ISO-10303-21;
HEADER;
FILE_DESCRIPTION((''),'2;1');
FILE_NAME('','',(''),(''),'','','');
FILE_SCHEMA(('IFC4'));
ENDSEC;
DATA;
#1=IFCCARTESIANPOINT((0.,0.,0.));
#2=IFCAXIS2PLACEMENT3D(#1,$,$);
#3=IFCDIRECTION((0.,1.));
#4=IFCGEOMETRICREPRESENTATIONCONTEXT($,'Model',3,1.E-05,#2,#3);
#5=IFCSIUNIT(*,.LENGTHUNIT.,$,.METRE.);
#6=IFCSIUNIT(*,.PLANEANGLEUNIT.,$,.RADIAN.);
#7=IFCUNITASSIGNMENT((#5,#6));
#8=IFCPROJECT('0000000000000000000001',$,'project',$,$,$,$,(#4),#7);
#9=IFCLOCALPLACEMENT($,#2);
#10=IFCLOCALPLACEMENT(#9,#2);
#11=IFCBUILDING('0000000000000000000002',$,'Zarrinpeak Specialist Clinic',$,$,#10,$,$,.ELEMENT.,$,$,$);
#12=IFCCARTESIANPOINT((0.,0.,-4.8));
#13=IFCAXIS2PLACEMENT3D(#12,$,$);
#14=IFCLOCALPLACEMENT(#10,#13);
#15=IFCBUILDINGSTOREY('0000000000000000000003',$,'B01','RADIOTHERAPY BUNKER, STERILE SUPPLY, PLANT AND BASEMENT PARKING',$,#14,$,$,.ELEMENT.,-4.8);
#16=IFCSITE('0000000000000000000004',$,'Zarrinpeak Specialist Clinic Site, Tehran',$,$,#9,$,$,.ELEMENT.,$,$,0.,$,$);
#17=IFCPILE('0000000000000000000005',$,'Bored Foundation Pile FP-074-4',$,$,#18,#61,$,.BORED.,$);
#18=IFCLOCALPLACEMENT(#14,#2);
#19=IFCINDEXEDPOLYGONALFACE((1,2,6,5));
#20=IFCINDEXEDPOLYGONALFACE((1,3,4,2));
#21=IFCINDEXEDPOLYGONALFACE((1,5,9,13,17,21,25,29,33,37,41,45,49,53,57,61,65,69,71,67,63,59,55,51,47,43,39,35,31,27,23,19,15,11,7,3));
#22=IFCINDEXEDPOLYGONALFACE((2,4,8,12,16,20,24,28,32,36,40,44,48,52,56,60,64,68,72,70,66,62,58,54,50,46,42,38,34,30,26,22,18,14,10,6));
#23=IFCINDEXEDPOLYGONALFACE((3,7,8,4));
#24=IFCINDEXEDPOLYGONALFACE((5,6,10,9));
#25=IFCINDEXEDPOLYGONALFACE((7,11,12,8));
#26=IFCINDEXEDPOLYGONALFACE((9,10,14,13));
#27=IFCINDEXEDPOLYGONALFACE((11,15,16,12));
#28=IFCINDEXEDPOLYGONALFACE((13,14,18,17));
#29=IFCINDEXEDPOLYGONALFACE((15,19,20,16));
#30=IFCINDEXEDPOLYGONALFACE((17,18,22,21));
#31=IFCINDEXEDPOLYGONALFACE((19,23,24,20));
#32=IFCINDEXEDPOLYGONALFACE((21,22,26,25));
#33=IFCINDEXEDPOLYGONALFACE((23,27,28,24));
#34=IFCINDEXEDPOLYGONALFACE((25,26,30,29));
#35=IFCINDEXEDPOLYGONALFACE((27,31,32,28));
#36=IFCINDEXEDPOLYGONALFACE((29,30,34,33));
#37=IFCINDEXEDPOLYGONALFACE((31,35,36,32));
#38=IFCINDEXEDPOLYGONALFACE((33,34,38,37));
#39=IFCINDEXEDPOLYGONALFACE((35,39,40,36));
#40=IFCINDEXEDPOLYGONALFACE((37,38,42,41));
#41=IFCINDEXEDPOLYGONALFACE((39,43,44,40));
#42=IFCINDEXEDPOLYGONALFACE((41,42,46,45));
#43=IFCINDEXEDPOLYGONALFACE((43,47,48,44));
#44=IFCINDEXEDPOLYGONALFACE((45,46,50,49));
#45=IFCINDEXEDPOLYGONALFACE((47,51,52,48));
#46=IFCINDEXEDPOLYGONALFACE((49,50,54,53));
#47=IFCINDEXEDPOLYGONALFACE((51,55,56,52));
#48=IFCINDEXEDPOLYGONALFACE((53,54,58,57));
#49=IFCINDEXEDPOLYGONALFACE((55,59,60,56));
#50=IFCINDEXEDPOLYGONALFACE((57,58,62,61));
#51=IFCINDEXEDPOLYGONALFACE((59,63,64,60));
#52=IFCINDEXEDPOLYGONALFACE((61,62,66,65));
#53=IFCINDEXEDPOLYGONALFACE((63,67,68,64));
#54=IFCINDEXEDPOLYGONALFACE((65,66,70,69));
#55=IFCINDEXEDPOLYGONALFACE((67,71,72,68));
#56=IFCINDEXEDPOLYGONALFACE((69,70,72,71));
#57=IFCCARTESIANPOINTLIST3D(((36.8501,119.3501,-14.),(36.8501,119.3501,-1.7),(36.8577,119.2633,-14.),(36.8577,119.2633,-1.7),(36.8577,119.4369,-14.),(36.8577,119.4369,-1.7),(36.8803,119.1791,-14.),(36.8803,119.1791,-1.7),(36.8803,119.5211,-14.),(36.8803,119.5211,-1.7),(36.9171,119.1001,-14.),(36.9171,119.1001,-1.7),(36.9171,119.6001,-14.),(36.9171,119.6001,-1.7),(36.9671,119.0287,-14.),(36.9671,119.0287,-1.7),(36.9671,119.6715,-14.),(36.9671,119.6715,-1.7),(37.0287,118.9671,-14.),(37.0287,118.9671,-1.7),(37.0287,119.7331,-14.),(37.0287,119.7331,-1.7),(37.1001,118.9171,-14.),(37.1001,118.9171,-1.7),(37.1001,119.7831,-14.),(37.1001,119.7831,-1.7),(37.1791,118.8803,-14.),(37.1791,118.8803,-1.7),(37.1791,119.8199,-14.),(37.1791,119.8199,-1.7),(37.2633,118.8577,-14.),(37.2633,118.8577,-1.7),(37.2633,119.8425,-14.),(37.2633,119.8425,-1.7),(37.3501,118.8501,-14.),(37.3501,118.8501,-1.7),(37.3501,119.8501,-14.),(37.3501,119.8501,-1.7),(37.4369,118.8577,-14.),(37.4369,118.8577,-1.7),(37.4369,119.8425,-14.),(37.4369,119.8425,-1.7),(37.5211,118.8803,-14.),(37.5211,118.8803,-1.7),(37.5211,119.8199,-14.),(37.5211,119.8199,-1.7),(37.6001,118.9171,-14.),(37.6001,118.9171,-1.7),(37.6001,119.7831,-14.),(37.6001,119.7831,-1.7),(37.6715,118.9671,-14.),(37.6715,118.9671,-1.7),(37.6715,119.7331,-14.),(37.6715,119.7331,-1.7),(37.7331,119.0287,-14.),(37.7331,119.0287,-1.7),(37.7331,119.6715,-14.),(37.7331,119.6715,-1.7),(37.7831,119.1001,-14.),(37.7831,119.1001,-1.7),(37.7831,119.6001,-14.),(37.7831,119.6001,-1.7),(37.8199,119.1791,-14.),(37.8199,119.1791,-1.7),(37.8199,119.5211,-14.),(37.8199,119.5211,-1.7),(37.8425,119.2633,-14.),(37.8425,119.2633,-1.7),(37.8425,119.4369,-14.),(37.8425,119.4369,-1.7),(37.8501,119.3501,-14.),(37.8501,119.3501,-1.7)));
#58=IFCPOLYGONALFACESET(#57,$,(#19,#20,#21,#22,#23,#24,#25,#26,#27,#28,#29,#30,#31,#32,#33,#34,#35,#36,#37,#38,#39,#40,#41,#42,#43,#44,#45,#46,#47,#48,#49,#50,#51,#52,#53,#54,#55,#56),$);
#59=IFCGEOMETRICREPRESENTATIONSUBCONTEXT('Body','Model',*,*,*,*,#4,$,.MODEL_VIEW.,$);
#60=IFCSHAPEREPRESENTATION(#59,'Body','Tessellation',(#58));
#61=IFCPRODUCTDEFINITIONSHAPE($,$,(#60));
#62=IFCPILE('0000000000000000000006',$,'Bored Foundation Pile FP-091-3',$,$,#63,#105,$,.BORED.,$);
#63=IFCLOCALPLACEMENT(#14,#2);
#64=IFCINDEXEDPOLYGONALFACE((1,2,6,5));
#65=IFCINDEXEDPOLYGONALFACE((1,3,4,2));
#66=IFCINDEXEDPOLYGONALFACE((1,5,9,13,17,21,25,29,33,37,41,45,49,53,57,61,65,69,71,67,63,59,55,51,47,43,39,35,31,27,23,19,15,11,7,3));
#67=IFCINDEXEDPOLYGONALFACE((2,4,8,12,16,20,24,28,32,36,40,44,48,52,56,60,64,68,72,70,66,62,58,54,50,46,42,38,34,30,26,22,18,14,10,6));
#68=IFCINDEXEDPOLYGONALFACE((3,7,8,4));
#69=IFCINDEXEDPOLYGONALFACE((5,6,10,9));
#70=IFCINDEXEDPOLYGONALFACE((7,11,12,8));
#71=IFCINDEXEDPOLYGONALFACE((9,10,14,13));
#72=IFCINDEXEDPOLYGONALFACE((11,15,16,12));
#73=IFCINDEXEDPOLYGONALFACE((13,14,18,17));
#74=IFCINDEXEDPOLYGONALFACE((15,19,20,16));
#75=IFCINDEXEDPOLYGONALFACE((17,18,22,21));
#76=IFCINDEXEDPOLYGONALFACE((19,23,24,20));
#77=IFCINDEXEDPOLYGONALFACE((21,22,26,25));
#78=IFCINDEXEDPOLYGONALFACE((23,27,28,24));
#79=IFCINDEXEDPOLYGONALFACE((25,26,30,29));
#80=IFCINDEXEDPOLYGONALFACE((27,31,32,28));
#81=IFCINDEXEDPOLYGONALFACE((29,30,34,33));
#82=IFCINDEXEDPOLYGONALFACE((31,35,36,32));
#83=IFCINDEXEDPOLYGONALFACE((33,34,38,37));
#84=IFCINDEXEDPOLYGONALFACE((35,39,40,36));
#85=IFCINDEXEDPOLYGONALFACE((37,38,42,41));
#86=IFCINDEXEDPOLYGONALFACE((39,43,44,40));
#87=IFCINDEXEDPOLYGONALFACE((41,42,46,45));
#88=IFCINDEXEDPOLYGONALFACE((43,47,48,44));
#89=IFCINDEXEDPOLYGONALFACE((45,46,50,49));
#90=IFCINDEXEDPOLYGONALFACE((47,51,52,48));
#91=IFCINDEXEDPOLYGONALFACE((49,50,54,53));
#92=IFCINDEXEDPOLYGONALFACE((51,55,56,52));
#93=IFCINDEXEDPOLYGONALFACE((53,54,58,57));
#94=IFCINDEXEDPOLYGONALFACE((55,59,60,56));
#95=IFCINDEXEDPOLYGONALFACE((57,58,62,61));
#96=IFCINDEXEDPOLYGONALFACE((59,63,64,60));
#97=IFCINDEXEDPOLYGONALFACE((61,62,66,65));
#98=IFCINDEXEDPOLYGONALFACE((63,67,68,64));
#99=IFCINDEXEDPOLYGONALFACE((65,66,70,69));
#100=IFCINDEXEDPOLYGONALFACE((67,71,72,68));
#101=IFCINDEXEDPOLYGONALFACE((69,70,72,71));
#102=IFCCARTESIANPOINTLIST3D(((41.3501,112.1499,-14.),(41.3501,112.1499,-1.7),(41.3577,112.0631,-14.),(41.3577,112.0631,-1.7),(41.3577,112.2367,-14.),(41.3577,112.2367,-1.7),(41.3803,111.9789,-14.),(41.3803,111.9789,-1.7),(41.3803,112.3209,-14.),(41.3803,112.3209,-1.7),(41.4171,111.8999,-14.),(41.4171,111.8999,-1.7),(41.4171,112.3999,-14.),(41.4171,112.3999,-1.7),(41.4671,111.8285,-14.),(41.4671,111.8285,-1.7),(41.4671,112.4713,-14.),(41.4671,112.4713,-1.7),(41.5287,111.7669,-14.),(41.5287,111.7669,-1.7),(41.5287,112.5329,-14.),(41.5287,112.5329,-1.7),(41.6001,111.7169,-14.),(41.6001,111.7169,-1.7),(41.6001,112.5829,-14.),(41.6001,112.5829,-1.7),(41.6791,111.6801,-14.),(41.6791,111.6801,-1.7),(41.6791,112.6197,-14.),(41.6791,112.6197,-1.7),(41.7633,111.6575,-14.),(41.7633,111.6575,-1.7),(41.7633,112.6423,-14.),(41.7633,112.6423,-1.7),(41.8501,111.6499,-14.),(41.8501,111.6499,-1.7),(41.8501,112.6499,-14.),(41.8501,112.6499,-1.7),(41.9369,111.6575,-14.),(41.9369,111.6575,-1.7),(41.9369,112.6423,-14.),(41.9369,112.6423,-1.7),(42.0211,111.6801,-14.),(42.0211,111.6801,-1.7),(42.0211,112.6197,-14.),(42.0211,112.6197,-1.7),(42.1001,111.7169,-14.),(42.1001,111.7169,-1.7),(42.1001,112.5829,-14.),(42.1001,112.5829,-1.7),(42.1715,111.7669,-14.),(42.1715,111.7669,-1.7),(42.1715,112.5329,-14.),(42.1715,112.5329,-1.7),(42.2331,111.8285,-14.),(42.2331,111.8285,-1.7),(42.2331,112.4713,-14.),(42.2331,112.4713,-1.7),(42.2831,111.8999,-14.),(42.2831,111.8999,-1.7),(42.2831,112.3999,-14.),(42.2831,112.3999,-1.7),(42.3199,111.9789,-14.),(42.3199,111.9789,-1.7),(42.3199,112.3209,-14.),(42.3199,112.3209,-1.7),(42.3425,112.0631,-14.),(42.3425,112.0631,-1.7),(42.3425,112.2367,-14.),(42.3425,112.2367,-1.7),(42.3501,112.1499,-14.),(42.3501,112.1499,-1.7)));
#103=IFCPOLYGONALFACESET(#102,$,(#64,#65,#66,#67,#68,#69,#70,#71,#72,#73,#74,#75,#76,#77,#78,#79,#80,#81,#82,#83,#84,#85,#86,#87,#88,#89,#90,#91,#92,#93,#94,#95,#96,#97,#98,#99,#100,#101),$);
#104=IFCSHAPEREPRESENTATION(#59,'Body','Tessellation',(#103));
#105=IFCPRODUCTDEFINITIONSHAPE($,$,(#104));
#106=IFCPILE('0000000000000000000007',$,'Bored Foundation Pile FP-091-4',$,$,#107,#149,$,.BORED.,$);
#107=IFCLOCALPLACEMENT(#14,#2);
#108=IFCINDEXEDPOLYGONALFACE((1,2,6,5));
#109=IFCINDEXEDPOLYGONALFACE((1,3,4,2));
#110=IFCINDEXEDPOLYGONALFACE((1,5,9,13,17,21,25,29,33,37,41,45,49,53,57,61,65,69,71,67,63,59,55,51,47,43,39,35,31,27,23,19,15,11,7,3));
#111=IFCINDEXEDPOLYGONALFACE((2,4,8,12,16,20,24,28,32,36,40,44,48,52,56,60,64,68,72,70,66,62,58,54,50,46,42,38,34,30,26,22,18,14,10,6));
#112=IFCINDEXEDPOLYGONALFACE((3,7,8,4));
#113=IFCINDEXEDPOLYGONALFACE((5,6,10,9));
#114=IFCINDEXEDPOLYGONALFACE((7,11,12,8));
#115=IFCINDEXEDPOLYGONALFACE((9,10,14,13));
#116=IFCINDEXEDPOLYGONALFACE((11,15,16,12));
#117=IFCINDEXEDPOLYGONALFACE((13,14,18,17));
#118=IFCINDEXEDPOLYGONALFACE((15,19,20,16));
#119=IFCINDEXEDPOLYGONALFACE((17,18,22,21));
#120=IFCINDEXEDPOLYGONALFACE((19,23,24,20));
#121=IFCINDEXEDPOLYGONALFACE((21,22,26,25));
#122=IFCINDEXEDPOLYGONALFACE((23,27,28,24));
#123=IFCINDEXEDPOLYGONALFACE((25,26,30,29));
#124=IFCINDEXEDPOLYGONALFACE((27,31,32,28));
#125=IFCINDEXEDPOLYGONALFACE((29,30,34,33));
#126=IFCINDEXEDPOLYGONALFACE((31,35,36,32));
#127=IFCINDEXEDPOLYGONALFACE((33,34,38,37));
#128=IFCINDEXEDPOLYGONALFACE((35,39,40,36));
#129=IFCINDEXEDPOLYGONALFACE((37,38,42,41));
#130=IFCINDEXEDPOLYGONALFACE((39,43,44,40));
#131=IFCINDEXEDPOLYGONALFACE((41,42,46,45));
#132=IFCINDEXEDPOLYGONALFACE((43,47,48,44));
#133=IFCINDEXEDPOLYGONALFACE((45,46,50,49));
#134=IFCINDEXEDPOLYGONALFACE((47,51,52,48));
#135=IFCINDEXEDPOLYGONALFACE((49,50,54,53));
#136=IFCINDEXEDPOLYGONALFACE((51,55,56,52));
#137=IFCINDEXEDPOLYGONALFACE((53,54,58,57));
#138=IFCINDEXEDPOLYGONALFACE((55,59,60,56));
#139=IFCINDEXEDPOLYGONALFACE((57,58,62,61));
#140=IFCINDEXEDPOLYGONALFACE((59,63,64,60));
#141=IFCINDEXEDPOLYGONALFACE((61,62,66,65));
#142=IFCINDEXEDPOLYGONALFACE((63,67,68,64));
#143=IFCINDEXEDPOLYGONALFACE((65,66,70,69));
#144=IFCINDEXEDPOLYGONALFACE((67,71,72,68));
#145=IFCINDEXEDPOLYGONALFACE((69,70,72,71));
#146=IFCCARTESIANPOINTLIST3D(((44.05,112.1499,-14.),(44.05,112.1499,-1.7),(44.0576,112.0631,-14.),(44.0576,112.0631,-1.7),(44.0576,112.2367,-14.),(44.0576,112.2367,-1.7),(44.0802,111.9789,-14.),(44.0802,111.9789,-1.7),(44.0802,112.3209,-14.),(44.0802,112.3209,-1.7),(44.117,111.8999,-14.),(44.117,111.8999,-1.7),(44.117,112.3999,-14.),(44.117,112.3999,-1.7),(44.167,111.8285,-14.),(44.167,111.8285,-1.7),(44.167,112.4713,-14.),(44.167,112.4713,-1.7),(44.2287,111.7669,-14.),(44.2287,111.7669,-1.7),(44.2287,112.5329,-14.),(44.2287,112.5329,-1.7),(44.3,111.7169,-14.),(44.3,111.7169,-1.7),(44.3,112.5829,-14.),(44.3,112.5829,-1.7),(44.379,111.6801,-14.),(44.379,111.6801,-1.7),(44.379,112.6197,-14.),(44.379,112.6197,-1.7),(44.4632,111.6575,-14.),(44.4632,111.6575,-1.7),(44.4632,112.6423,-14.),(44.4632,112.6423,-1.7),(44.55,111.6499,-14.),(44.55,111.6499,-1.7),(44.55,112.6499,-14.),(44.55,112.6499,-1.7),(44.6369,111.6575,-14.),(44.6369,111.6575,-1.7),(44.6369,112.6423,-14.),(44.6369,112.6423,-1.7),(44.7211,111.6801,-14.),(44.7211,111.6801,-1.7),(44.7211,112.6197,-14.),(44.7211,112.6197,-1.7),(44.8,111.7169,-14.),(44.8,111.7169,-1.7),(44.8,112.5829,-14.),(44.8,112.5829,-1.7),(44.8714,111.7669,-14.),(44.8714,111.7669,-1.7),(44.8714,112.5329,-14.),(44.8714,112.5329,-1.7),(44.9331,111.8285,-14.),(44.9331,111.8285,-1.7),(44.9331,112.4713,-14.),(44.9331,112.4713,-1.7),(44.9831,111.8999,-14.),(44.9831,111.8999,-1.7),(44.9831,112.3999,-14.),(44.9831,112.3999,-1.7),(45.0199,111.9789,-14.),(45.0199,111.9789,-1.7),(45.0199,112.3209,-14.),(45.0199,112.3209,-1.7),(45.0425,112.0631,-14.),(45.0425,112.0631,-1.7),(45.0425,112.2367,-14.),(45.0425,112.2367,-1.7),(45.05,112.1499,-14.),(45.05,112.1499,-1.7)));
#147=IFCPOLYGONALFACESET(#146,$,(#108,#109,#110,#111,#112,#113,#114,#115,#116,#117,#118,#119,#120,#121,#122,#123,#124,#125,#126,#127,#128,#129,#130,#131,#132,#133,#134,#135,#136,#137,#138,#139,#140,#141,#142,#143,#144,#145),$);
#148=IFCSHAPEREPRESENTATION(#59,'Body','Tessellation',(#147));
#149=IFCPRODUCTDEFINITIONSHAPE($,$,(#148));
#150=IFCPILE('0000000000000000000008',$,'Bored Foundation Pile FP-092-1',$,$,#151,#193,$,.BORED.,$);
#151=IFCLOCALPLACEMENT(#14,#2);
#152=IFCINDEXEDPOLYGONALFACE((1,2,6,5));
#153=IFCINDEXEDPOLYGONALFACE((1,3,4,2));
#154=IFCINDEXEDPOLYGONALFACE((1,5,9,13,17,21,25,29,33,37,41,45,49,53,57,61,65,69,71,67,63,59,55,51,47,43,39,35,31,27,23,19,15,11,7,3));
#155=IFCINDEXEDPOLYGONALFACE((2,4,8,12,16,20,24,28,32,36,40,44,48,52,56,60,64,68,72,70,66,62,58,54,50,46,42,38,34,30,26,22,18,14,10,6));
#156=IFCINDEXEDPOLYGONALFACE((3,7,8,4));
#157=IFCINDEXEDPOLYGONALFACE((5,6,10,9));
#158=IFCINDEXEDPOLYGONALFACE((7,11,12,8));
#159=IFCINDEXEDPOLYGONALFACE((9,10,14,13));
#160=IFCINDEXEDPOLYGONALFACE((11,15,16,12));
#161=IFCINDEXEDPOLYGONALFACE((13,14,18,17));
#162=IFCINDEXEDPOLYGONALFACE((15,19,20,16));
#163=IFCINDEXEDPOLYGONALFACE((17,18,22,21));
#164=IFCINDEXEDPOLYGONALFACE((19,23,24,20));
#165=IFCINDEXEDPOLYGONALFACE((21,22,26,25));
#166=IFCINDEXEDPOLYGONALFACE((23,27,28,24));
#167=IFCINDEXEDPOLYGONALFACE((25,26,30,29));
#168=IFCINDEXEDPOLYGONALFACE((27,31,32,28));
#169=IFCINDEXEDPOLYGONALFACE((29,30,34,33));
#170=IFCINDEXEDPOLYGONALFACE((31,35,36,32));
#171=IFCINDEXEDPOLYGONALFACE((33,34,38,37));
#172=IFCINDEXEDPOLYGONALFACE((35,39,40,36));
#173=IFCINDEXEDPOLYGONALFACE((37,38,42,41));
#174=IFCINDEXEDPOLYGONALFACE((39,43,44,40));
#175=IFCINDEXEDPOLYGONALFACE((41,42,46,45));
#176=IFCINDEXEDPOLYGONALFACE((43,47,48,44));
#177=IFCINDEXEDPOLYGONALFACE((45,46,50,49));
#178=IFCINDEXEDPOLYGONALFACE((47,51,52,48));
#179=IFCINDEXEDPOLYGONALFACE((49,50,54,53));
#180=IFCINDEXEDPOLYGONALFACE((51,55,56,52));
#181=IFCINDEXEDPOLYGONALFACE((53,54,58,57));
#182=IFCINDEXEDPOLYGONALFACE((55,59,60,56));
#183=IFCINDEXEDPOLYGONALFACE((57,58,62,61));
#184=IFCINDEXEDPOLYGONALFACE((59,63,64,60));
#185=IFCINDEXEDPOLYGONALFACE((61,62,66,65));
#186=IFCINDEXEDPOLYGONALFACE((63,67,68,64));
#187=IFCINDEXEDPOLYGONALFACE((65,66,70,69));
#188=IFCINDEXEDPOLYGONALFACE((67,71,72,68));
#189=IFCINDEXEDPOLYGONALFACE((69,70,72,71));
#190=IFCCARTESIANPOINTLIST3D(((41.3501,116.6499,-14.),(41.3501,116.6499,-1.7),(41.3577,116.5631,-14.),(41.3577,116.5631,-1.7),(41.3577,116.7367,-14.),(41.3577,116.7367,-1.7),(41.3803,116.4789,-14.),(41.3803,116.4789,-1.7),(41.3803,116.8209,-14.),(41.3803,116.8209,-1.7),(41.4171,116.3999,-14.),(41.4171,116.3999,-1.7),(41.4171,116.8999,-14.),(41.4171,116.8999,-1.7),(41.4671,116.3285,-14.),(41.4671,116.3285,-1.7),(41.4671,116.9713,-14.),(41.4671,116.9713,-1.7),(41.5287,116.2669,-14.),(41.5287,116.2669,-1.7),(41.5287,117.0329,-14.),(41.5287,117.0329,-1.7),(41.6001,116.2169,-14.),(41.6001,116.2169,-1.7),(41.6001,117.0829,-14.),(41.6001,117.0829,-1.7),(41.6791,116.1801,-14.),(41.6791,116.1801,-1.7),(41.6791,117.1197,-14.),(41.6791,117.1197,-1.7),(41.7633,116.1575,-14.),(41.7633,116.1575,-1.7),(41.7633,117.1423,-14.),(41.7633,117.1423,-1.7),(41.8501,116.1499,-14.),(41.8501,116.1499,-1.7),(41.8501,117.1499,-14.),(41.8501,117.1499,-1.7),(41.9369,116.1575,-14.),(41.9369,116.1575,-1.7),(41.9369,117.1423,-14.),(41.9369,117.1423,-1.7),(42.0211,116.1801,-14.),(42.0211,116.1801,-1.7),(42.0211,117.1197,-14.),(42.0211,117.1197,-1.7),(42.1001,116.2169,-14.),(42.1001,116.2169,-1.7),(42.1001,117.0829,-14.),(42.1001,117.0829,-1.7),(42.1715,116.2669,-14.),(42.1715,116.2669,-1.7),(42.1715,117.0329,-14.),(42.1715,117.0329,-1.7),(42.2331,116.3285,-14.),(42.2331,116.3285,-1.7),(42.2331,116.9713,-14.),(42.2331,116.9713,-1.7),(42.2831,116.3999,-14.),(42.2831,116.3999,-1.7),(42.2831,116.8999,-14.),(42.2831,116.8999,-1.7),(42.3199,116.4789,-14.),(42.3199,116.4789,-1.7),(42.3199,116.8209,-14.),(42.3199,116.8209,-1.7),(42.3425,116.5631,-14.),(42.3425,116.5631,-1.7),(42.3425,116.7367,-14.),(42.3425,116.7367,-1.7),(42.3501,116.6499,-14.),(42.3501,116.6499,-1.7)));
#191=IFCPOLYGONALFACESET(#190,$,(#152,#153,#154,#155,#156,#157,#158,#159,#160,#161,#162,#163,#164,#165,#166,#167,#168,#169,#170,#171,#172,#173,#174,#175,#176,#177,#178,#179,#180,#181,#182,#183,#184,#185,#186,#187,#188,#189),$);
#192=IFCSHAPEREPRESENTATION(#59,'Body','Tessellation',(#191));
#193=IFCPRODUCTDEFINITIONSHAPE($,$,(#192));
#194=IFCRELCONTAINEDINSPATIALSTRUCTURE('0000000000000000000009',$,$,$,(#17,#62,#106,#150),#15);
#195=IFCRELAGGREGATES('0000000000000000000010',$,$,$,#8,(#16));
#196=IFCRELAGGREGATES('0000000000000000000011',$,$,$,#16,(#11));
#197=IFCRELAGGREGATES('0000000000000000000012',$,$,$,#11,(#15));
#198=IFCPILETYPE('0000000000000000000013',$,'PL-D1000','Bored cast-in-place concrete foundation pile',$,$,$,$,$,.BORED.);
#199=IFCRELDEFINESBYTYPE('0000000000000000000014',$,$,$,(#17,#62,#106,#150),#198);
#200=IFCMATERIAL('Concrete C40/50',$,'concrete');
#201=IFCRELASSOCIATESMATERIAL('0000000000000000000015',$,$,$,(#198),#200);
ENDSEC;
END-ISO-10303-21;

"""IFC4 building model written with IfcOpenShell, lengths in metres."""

from ifc_helpers import new_model, si_unit, direction, frame, origin, origin_2d, place, context, subcontext, project, spatial, circle, extrude, material, material_profile, profile_set, type_object, element, save


model = new_model("IFC4")

# Units and contexts
model_context = context("Model", 3, precision=1e-05, world=origin(), true_north=direction((0.0, 1.0)))
body_context = subcontext(model_context, "Body", "Model", "MODEL_VIEW")
ifc_project = project(units=[si_unit("LENGTHUNIT", "METRE"), si_unit("PLANEANGLEUNIT", "RADIAN")], contexts=[model_context])

# Site, building, storey
site_placement = place(None, origin())
site = spatial("IfcSite", under=ifc_project, at=site_placement, Name="Zarrinpeak Specialist Clinic Site, Tehran", CompositionType="ELEMENT", RefElevation=0.0)
building_placement = place(site_placement, origin())
building = spatial("IfcBuilding", under=site, at=building_placement, Name="Zarrinpeak Specialist Clinic", CompositionType="ELEMENT")
storey_placement = place(building_placement, frame((0.0, 0.0, -4.8)))
storey = spatial("IfcBuildingStorey", under=building, at=storey_placement, Name="B01", Description="RADIOTHERAPY BUNKER, STERILE SUPPLY, PLANT AND BASEMENT PARKING", CompositionType="ELEMENT", Elevation=-4.8)

# Shared definitions
ifc_material_1 = material(Name="Concrete C40/50", Category="concrete")

# Piles
ifc_material_profile_1 = material_profile(ifc_material_1, circle(Radius=0.5, at=origin_2d()), Name="BORED PILE D1000")
ifc_profile_set_1 = profile_set([ifc_material_profile_1], Name="Concrete C40/50")
pile_type = type_object("IfcPileType", Name="PL-D1000", Description="Bored cast-in-place concrete foundation pile", PredefinedType="BORED", material=ifc_profile_set_1)
for number, where, z_axis, x_axis, name in (
    (1, (37.3501, 119.3501, -1.7), (0.0, 0.0, -1.0), (1.0, 0.0, 0.0), "Bored Foundation Pile FP-074-4"),
    (2, (41.8501, 112.1499, -1.7), (0.0, 0.0, -1.0), (1.0, 0.0, 0.0), "Bored Foundation Pile FP-091-3"),
    (3, (44.55, 112.1499, -1.7), (0.0, 0.0, -1.0), (1.0, 0.0, 0.0), "Bored Foundation Pile FP-091-4"),
    (4, (41.8501, 116.6499, -1.7), (0.0, 0.0, -1.0), (1.0, 0.0, 0.0), "Bored Foundation Pile FP-092-1"),
):
    element("IfcPile", number, at=place(storey_placement, frame(where, z_axis=z_axis, x_axis=x_axis)), inside=storey, type_object=pile_type, Name=name, PredefinedType="BORED", context=body_context, shape_type="SweptSolid", body=[
        extrude(circle(Radius=0.5, at=origin_2d()), origin(), (0.0, 0.0, 1.0), 12.3),
    ])

save(model, "model.ifc")
